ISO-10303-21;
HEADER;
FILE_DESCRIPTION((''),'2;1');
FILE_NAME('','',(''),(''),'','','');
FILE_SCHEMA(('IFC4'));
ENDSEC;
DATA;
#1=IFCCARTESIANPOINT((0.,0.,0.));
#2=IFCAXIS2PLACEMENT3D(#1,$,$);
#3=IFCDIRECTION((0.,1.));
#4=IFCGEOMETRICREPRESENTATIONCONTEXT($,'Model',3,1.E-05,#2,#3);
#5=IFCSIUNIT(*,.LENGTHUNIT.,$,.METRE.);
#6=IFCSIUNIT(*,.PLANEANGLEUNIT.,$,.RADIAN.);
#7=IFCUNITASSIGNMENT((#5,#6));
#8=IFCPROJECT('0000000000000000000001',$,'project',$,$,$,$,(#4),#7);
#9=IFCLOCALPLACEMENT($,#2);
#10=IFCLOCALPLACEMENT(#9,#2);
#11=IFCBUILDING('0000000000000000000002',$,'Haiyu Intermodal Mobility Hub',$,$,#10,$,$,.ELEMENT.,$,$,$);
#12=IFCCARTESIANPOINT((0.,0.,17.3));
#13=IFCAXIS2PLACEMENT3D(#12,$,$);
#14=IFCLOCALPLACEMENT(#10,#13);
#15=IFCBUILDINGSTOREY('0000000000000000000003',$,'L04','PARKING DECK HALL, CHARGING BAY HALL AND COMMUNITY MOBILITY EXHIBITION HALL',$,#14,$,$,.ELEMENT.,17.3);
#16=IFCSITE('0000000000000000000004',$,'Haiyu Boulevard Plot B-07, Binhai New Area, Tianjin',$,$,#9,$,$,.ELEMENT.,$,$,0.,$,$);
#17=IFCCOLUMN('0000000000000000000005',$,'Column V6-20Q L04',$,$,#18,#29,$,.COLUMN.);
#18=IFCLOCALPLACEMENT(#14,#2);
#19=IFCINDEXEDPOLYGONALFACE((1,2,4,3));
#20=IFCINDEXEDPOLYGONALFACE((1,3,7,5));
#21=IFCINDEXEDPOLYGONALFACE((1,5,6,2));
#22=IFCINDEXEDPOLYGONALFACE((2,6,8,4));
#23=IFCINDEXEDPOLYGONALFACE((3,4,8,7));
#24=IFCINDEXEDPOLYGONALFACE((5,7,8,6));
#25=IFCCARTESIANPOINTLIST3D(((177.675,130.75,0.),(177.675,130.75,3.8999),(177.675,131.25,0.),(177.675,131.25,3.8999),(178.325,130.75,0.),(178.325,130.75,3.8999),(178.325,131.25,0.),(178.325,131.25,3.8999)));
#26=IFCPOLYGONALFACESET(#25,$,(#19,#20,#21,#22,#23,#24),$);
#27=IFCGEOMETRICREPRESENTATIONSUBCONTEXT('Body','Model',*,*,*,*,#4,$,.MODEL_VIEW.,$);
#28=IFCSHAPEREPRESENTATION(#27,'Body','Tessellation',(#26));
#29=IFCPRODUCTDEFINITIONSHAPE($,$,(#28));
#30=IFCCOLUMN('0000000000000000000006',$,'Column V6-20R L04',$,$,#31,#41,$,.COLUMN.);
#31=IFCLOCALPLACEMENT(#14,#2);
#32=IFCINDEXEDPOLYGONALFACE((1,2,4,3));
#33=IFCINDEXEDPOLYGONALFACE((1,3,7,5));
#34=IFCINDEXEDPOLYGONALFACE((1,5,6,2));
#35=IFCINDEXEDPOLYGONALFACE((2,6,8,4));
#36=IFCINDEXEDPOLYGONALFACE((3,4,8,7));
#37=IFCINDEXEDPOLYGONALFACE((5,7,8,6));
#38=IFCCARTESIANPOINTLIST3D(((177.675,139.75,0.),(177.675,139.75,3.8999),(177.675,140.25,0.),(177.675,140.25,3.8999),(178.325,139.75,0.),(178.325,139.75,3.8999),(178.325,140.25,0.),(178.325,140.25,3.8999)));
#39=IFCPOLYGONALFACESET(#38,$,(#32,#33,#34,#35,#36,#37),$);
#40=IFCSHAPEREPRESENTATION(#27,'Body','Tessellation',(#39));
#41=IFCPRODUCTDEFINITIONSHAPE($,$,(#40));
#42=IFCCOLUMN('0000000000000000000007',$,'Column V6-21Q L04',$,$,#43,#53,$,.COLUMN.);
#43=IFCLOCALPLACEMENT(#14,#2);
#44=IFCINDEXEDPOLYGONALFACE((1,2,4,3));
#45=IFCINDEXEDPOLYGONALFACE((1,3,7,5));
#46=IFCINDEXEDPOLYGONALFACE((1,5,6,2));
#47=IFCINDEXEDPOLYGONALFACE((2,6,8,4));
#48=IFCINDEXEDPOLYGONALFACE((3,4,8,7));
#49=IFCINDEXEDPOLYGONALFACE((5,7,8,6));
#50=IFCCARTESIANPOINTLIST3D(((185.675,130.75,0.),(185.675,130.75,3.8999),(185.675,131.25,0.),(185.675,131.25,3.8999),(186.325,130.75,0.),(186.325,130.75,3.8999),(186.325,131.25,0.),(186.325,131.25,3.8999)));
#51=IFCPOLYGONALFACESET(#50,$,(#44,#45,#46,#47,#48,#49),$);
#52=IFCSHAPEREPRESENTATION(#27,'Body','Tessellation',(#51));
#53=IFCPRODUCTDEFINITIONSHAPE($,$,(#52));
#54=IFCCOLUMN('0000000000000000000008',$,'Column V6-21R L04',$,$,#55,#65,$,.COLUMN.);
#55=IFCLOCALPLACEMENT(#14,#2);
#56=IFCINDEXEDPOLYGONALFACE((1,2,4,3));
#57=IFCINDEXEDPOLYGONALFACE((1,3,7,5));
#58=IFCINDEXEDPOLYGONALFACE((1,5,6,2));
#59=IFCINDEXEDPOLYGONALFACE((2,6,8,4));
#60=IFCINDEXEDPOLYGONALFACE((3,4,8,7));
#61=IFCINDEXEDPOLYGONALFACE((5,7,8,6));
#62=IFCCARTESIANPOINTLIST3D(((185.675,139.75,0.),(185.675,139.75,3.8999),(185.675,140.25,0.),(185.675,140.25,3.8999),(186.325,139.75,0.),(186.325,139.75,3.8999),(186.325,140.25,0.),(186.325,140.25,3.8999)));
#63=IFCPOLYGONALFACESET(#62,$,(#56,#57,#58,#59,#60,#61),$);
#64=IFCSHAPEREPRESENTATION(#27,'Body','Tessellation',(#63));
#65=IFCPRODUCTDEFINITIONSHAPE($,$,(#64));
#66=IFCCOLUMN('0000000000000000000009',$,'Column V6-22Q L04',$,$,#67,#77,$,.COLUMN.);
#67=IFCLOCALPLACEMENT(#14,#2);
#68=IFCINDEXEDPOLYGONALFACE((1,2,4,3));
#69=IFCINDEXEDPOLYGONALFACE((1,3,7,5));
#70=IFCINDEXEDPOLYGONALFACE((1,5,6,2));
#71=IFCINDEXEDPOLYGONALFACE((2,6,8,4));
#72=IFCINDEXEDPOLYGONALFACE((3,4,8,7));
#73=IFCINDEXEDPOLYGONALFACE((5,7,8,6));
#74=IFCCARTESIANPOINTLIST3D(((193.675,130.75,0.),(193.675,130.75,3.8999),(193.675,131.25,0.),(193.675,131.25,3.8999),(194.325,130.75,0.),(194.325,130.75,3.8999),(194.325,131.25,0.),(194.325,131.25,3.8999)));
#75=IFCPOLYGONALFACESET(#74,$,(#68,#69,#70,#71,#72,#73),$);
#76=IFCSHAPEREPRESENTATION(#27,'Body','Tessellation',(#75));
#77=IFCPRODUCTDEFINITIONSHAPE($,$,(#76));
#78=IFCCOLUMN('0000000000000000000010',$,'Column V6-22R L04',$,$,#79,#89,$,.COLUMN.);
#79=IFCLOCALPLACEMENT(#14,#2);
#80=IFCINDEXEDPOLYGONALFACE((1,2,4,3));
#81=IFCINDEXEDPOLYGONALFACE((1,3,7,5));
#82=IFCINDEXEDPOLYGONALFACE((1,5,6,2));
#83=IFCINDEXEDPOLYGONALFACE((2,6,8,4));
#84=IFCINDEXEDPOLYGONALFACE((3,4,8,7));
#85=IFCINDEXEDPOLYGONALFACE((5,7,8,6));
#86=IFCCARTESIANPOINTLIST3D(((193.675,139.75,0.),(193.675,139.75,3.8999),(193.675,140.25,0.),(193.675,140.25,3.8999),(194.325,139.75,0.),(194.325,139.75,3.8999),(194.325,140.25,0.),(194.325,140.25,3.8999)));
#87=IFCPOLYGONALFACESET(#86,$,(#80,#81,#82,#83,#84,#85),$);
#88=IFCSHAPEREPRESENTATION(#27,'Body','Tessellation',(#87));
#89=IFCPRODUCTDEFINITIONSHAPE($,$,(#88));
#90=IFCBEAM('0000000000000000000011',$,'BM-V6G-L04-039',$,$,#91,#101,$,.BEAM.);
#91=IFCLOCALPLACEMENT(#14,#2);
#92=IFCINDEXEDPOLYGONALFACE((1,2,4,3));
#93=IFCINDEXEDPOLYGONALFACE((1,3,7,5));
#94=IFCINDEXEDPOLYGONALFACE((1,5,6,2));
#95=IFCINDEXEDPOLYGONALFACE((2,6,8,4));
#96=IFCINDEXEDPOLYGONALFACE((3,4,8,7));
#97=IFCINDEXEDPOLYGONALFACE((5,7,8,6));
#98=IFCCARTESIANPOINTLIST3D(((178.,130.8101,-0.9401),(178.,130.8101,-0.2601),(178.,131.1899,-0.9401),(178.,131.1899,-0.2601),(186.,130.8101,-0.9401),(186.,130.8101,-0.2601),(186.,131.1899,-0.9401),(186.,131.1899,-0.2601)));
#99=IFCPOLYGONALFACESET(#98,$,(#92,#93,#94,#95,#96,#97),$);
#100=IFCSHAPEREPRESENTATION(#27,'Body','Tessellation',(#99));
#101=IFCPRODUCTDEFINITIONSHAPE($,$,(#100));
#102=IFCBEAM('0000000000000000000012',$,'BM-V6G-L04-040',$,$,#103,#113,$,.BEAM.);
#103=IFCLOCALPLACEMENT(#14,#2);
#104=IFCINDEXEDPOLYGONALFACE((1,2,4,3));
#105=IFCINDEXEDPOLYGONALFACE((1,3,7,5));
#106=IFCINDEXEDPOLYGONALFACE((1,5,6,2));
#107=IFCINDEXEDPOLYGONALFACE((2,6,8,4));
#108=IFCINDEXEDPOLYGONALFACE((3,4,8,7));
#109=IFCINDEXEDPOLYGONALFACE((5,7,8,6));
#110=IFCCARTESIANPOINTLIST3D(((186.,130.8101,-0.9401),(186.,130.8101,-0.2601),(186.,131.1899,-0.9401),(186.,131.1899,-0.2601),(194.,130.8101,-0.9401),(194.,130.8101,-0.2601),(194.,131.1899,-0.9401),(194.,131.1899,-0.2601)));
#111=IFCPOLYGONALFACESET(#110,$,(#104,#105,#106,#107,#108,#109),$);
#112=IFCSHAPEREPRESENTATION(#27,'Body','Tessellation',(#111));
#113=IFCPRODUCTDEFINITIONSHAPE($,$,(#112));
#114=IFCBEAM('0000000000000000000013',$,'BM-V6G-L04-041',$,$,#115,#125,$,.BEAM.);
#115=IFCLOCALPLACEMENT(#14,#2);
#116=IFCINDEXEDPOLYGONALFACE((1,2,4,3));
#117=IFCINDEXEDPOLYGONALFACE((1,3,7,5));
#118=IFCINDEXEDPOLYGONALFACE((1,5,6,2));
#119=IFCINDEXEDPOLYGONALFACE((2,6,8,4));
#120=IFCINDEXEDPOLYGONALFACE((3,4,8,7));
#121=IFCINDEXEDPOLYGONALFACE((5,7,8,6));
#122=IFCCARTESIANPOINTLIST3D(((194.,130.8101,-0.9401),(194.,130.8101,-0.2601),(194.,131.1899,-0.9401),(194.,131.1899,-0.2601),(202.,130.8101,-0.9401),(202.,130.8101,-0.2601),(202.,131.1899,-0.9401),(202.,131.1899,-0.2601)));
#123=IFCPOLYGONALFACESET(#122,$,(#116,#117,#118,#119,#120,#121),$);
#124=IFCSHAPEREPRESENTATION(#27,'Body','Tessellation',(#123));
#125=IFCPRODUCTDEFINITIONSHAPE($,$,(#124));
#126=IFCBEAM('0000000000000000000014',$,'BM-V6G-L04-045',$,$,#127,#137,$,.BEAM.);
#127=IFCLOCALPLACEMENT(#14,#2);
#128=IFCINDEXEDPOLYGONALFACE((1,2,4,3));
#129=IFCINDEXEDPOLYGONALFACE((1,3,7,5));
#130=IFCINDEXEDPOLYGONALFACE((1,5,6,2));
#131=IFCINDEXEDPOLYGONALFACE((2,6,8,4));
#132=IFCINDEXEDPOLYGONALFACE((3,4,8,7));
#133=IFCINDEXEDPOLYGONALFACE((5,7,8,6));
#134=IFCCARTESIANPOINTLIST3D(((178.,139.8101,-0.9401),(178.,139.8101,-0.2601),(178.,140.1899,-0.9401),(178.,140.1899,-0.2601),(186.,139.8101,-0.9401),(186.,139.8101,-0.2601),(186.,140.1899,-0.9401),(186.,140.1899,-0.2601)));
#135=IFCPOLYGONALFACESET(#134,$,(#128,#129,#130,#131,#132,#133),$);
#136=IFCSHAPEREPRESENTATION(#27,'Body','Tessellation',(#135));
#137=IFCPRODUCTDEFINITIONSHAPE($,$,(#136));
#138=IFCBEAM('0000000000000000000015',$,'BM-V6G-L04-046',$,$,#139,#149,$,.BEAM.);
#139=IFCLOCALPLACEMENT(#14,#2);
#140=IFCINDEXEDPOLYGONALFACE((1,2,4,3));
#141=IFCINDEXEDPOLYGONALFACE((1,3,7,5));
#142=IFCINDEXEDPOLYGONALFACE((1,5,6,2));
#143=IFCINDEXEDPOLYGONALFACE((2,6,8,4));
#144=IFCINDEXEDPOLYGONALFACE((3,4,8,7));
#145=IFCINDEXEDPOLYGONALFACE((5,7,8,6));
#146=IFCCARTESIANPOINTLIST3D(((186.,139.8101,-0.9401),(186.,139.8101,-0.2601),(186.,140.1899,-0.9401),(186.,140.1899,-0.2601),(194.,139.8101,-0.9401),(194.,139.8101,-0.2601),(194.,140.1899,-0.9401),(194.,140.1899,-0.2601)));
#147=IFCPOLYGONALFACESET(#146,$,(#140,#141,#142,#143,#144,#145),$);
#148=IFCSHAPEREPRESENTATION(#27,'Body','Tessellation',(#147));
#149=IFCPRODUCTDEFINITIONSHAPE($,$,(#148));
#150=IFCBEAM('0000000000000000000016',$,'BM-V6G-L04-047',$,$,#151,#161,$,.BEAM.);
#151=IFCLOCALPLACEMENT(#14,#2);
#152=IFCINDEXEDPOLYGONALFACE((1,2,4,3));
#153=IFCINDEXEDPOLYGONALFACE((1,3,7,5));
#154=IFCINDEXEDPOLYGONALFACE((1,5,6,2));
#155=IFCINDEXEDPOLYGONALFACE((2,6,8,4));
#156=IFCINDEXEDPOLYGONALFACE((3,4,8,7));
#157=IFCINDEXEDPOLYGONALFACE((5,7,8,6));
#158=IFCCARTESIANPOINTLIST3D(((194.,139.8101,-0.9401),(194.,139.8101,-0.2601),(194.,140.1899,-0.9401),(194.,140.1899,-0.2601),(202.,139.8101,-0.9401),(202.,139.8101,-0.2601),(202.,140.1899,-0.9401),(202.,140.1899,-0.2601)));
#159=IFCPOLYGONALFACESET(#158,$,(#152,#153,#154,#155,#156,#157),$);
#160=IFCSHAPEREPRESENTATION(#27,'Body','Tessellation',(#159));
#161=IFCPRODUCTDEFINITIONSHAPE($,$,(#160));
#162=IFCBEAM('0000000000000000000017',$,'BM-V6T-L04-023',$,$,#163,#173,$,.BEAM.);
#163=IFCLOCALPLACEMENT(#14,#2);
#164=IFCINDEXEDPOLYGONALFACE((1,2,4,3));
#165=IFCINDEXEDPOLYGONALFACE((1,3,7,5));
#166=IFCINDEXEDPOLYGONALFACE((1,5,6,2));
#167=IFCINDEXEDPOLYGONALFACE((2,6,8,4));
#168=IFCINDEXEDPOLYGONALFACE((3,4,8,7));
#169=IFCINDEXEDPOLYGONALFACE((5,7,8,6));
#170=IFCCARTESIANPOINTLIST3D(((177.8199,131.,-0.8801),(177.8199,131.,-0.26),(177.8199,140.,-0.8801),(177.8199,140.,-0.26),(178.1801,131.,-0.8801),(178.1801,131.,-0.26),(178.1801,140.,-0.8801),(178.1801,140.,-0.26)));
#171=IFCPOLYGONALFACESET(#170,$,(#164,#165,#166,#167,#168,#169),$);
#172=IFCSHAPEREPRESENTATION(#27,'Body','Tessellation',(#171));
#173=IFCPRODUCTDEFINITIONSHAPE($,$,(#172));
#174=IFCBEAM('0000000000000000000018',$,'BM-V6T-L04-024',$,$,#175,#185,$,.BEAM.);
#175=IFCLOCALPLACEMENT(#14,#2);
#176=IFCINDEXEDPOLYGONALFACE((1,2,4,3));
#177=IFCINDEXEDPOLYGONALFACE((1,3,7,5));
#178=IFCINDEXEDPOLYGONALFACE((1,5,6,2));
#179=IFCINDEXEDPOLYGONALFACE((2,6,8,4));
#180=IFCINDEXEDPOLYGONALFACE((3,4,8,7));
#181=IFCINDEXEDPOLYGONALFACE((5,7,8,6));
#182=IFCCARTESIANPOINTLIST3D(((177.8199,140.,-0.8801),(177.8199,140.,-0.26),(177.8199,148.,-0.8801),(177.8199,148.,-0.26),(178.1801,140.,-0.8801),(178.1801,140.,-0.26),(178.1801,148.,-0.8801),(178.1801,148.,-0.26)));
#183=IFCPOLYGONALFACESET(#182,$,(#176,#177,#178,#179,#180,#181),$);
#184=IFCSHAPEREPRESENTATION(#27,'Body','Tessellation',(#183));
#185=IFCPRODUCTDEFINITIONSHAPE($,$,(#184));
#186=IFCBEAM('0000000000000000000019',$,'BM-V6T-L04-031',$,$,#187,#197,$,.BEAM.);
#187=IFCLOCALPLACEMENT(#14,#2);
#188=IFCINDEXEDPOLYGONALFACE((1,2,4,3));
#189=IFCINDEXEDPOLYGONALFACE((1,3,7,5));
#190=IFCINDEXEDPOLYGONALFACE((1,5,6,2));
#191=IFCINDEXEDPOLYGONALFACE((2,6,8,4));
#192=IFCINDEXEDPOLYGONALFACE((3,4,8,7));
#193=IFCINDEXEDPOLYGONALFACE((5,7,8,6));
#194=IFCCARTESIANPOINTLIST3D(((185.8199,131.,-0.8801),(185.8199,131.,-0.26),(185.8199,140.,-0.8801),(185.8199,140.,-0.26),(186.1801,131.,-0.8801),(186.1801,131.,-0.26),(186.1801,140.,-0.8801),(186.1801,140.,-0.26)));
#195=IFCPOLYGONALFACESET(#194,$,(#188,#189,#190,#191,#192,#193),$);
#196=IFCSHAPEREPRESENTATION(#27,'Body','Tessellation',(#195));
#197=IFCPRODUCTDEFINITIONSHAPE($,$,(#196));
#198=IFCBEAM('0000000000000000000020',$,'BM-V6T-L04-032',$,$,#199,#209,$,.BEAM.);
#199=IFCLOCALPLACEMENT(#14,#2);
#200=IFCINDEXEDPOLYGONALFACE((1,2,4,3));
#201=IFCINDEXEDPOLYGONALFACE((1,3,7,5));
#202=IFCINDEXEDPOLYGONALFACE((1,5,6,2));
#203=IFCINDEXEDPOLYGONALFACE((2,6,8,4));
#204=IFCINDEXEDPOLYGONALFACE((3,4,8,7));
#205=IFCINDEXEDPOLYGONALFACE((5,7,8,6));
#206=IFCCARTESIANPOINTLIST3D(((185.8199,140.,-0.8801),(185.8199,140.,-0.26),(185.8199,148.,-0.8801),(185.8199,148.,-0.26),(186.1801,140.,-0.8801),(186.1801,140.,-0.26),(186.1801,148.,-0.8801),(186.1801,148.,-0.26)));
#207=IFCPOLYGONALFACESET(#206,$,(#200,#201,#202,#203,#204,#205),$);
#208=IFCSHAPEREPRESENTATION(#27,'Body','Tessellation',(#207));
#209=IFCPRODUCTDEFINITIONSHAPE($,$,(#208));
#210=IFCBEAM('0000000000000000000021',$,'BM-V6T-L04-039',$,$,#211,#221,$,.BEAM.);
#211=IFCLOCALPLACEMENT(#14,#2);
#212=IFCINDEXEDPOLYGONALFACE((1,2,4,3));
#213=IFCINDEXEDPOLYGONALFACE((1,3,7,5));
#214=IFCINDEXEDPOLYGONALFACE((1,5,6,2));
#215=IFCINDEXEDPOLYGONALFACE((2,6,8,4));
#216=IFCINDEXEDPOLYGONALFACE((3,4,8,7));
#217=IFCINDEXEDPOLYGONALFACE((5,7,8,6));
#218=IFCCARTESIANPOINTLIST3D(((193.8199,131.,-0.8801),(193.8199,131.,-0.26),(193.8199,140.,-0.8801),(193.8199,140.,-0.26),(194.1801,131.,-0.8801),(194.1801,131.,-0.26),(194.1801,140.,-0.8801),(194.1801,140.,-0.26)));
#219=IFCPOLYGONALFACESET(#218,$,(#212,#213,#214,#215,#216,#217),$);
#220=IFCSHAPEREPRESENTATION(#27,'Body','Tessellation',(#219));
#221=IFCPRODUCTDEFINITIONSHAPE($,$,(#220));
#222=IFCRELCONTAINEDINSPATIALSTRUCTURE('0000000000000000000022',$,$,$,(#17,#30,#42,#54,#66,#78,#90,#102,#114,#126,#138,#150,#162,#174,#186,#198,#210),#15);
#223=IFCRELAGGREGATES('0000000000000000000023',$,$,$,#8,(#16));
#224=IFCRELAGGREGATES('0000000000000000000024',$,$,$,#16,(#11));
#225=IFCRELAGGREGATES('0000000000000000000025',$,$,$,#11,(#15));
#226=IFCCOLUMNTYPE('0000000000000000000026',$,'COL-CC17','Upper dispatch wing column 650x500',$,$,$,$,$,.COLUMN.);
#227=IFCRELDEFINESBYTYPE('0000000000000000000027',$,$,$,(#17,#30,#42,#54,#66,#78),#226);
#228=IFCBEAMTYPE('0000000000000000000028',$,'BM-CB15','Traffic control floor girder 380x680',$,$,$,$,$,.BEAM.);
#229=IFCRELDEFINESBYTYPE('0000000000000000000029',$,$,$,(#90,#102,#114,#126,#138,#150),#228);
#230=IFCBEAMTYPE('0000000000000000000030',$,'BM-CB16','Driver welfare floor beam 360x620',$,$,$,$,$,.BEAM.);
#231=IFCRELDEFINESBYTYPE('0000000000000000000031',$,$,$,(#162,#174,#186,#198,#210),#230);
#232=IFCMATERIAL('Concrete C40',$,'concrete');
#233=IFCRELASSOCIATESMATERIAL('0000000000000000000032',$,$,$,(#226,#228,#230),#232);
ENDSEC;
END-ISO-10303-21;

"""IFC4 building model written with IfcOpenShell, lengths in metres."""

from ifc_helpers import new_model, si_unit, direction, frame, origin, origin_2d, place, context, subcontext, project, spatial, rectangle, extrude, material, material_profile, profile_set, type_object, element, save


model = new_model("IFC4")

# Units and contexts
model_context = context("Model", 3, precision=1e-05, world=origin(), true_north=direction((0.0, 1.0)))
body_context = subcontext(model_context, "Body", "Model", "MODEL_VIEW")
ifc_project = project(units=[si_unit("LENGTHUNIT", "METRE"), si_unit("PLANEANGLEUNIT", "RADIAN")], contexts=[model_context])

# Site, building, storey
site_placement = place(None, origin())
site = spatial("IfcSite", under=ifc_project, at=site_placement, Name="Haiyu Boulevard Plot B-07, Binhai New Area, Tianjin", CompositionType="ELEMENT", RefElevation=0.0)
building_placement = place(site_placement, origin())
building = spatial("IfcBuilding", under=site, at=building_placement, Name="Haiyu Intermodal Mobility Hub", CompositionType="ELEMENT")
storey_placement = place(building_placement, frame((0.0, 0.0, 17.3)))
storey = spatial("IfcBuildingStorey", under=building, at=storey_placement, Name="L04", Description="PARKING DECK HALL, CHARGING BAY HALL AND COMMUNITY MOBILITY EXHIBITION HALL", CompositionType="ELEMENT", Elevation=17.3)

# Columns
ifc_material = material(Name="Concrete C40", Category="concrete")
ifc_material_profile_1 = material_profile(ifc_material, rectangle(XDim=0.6499, YDim=0.5, at=origin_2d()), Name="C650x500")
ifc_profile_set_1 = profile_set([ifc_material_profile_1], Name="Concrete C40")
column_type = type_object("IfcColumnType", Name="COL-CC17", Description="Upper dispatch wing column 650x500", PredefinedType="COLUMN", material=ifc_profile_set_1)
for number, where, z_axis, x_axis, name in (
    (1, (178.0, 131.0, 0.0), (0.0, 0.0, 1.0), (1.0, 0.0, 0.0), "Column V6-20Q L04"),
    (2, (178.0, 140.0, 0.0), (0.0, 0.0, 1.0), (1.0, 0.0, 0.0), "Column V6-20R L04"),
    (3, (186.0, 131.0, 0.0), (0.0, 0.0, 1.0), (1.0, 0.0, 0.0), "Column V6-21Q L04"),
    (4, (186.0, 140.0, 0.0), (0.0, 0.0, 1.0), (1.0, 0.0, 0.0), "Column V6-21R L04"),
    (5, (194.0, 131.0, 0.0), (0.0, 0.0, 1.0), (1.0, 0.0, 0.0), "Column V6-22Q L04"),
    (6, (194.0, 140.0, 0.0), (0.0, 0.0, 1.0), (1.0, 0.0, 0.0), "Column V6-22R L04"),
):
    element("IfcColumn", number, at=place(storey_placement, frame(where, z_axis=z_axis, x_axis=x_axis)), inside=storey, type_object=column_type, Name=name, PredefinedType="COLUMN", context=body_context, shape_type="SweptSolid", body=[
        extrude(rectangle(XDim=0.6499, YDim=0.5, at=origin_2d()), origin(), (0.0, 0.0, 1.0), 3.8999),
    ])

# Beams
ifc_material_profile_2 = material_profile(ifc_material, rectangle(XDim=0.3799, YDim=0.6799, at=origin_2d()), Name="B380x680")
ifc_profile_set_2 = profile_set([ifc_material_profile_2], Name="Concrete C40")
beam_type_1 = type_object("IfcBeamType", Name="BM-CB15", Description="Traffic control floor girder 380x680", PredefinedType="BEAM", material=ifc_profile_set_2)
for number, where, z_axis, x_axis, name in (
    (7, (178.0, 131.0, -0.6001), (1.0, 0.0, 0.0), (0.0, 1.0, 0.0), "BM-V6G-L04-039"),
    (8, (186.0, 131.0, -0.6001), (1.0, 0.0, 0.0), (0.0, 1.0, 0.0), "BM-V6G-L04-040"),
    (9, (194.0, 131.0, -0.6001), (1.0, 0.0, 0.0), (0.0, 1.0, 0.0), "BM-V6G-L04-041"),
    (10, (178.0, 140.0, -0.6001), (1.0, 0.0, 0.0), (0.0, 1.0, 0.0), "BM-V6G-L04-045"),
    (11, (186.0, 140.0, -0.6001), (1.0, 0.0, 0.0), (0.0, 1.0, 0.0), "BM-V6G-L04-046"),
    (12, (194.0, 140.0, -0.6001), (1.0, 0.0, 0.0), (0.0, 1.0, 0.0), "BM-V6G-L04-047"),
):
    element("IfcBeam", number, at=place(storey_placement, frame(where, z_axis=z_axis, x_axis=x_axis)), inside=storey, type_object=beam_type_1, Name=name, PredefinedType="BEAM", context=body_context, shape_type="SweptSolid", body=[
        extrude(rectangle(XDim=0.3799, YDim=0.6799, at=origin_2d()), origin(), (0.0, 0.0, 1.0), 8.0),
    ])
ifc_material_profile_3 = material_profile(ifc_material, rectangle(XDim=0.3601, YDim=0.6201, at=origin_2d()), Name="B360x620")
ifc_profile_set_3 = profile_set([ifc_material_profile_3], Name="Concrete C40")
beam_type_2 = type_object("IfcBeamType", Name="BM-CB16", Description="Driver welfare floor beam 360x620", PredefinedType="BEAM", material=ifc_profile_set_3)
beam_1_placement = place(storey_placement, frame((178.0, 131.0, -0.5701), z_axis=(0.0, 1.0, 0.0), x_axis=(-1.0, 0.0, 0.0)))
element("IfcBeam", 13, at=beam_1_placement, inside=storey, type_object=beam_type_2, Name="BM-V6T-L04-023", PredefinedType="BEAM", context=body_context, shape_type="SweptSolid", body=[
    extrude(rectangle(XDim=0.3601, YDim=0.6201, at=origin_2d()), origin(), (0.0, 0.0, 1.0), 9.0),
])
beam_2_placement = place(storey_placement, frame((178.0, 140.0, -0.5701), z_axis=(0.0, 1.0, 0.0), x_axis=(-1.0, 0.0, 0.0)))
element("IfcBeam", 14, at=beam_2_placement, inside=storey, type_object=beam_type_2, Name="BM-V6T-L04-024", PredefinedType="BEAM", context=body_context, shape_type="SweptSolid", body=[
    extrude(rectangle(XDim=0.3601, YDim=0.6201, at=origin_2d()), origin(), (0.0, 0.0, 1.0), 8.0),
])
beam_3_placement = place(storey_placement, frame((186.0, 131.0, -0.5701), z_axis=(0.0, 1.0, 0.0), x_axis=(-1.0, 0.0, 0.0)))
element("IfcBeam", 15, at=beam_3_placement, inside=storey, type_object=beam_type_2, Name="BM-V6T-L04-031", PredefinedType="BEAM", context=body_context, shape_type="SweptSolid", body=[
    extrude(rectangle(XDim=0.3601, YDim=0.6201, at=origin_2d()), origin(), (0.0, 0.0, 1.0), 9.0),
])
beam_4_placement = place(storey_placement, frame((186.0, 140.0, -0.5701), z_axis=(0.0, 1.0, 0.0), x_axis=(-1.0, 0.0, 0.0)))
element("IfcBeam", 16, at=beam_4_placement, inside=storey, type_object=beam_type_2, Name="BM-V6T-L04-032", PredefinedType="BEAM", context=body_context, shape_type="SweptSolid", body=[
    extrude(rectangle(XDim=0.3601, YDim=0.6201, at=origin_2d()), origin(), (0.0, 0.0, 1.0), 8.0),
])
beam_5_placement = place(storey_placement, frame((194.0, 131.0, -0.5701), z_axis=(0.0, 1.0, 0.0), x_axis=(-1.0, 0.0, 0.0)))
element("IfcBeam", 17, at=beam_5_placement, inside=storey, type_object=beam_type_2, Name="BM-V6T-L04-039", PredefinedType="BEAM", context=body_context, shape_type="SweptSolid", body=[
    extrude(rectangle(XDim=0.3601, YDim=0.6201, at=origin_2d()), origin(), (0.0, 0.0, 1.0), 9.0),
])

save(model, "model.ifc")
